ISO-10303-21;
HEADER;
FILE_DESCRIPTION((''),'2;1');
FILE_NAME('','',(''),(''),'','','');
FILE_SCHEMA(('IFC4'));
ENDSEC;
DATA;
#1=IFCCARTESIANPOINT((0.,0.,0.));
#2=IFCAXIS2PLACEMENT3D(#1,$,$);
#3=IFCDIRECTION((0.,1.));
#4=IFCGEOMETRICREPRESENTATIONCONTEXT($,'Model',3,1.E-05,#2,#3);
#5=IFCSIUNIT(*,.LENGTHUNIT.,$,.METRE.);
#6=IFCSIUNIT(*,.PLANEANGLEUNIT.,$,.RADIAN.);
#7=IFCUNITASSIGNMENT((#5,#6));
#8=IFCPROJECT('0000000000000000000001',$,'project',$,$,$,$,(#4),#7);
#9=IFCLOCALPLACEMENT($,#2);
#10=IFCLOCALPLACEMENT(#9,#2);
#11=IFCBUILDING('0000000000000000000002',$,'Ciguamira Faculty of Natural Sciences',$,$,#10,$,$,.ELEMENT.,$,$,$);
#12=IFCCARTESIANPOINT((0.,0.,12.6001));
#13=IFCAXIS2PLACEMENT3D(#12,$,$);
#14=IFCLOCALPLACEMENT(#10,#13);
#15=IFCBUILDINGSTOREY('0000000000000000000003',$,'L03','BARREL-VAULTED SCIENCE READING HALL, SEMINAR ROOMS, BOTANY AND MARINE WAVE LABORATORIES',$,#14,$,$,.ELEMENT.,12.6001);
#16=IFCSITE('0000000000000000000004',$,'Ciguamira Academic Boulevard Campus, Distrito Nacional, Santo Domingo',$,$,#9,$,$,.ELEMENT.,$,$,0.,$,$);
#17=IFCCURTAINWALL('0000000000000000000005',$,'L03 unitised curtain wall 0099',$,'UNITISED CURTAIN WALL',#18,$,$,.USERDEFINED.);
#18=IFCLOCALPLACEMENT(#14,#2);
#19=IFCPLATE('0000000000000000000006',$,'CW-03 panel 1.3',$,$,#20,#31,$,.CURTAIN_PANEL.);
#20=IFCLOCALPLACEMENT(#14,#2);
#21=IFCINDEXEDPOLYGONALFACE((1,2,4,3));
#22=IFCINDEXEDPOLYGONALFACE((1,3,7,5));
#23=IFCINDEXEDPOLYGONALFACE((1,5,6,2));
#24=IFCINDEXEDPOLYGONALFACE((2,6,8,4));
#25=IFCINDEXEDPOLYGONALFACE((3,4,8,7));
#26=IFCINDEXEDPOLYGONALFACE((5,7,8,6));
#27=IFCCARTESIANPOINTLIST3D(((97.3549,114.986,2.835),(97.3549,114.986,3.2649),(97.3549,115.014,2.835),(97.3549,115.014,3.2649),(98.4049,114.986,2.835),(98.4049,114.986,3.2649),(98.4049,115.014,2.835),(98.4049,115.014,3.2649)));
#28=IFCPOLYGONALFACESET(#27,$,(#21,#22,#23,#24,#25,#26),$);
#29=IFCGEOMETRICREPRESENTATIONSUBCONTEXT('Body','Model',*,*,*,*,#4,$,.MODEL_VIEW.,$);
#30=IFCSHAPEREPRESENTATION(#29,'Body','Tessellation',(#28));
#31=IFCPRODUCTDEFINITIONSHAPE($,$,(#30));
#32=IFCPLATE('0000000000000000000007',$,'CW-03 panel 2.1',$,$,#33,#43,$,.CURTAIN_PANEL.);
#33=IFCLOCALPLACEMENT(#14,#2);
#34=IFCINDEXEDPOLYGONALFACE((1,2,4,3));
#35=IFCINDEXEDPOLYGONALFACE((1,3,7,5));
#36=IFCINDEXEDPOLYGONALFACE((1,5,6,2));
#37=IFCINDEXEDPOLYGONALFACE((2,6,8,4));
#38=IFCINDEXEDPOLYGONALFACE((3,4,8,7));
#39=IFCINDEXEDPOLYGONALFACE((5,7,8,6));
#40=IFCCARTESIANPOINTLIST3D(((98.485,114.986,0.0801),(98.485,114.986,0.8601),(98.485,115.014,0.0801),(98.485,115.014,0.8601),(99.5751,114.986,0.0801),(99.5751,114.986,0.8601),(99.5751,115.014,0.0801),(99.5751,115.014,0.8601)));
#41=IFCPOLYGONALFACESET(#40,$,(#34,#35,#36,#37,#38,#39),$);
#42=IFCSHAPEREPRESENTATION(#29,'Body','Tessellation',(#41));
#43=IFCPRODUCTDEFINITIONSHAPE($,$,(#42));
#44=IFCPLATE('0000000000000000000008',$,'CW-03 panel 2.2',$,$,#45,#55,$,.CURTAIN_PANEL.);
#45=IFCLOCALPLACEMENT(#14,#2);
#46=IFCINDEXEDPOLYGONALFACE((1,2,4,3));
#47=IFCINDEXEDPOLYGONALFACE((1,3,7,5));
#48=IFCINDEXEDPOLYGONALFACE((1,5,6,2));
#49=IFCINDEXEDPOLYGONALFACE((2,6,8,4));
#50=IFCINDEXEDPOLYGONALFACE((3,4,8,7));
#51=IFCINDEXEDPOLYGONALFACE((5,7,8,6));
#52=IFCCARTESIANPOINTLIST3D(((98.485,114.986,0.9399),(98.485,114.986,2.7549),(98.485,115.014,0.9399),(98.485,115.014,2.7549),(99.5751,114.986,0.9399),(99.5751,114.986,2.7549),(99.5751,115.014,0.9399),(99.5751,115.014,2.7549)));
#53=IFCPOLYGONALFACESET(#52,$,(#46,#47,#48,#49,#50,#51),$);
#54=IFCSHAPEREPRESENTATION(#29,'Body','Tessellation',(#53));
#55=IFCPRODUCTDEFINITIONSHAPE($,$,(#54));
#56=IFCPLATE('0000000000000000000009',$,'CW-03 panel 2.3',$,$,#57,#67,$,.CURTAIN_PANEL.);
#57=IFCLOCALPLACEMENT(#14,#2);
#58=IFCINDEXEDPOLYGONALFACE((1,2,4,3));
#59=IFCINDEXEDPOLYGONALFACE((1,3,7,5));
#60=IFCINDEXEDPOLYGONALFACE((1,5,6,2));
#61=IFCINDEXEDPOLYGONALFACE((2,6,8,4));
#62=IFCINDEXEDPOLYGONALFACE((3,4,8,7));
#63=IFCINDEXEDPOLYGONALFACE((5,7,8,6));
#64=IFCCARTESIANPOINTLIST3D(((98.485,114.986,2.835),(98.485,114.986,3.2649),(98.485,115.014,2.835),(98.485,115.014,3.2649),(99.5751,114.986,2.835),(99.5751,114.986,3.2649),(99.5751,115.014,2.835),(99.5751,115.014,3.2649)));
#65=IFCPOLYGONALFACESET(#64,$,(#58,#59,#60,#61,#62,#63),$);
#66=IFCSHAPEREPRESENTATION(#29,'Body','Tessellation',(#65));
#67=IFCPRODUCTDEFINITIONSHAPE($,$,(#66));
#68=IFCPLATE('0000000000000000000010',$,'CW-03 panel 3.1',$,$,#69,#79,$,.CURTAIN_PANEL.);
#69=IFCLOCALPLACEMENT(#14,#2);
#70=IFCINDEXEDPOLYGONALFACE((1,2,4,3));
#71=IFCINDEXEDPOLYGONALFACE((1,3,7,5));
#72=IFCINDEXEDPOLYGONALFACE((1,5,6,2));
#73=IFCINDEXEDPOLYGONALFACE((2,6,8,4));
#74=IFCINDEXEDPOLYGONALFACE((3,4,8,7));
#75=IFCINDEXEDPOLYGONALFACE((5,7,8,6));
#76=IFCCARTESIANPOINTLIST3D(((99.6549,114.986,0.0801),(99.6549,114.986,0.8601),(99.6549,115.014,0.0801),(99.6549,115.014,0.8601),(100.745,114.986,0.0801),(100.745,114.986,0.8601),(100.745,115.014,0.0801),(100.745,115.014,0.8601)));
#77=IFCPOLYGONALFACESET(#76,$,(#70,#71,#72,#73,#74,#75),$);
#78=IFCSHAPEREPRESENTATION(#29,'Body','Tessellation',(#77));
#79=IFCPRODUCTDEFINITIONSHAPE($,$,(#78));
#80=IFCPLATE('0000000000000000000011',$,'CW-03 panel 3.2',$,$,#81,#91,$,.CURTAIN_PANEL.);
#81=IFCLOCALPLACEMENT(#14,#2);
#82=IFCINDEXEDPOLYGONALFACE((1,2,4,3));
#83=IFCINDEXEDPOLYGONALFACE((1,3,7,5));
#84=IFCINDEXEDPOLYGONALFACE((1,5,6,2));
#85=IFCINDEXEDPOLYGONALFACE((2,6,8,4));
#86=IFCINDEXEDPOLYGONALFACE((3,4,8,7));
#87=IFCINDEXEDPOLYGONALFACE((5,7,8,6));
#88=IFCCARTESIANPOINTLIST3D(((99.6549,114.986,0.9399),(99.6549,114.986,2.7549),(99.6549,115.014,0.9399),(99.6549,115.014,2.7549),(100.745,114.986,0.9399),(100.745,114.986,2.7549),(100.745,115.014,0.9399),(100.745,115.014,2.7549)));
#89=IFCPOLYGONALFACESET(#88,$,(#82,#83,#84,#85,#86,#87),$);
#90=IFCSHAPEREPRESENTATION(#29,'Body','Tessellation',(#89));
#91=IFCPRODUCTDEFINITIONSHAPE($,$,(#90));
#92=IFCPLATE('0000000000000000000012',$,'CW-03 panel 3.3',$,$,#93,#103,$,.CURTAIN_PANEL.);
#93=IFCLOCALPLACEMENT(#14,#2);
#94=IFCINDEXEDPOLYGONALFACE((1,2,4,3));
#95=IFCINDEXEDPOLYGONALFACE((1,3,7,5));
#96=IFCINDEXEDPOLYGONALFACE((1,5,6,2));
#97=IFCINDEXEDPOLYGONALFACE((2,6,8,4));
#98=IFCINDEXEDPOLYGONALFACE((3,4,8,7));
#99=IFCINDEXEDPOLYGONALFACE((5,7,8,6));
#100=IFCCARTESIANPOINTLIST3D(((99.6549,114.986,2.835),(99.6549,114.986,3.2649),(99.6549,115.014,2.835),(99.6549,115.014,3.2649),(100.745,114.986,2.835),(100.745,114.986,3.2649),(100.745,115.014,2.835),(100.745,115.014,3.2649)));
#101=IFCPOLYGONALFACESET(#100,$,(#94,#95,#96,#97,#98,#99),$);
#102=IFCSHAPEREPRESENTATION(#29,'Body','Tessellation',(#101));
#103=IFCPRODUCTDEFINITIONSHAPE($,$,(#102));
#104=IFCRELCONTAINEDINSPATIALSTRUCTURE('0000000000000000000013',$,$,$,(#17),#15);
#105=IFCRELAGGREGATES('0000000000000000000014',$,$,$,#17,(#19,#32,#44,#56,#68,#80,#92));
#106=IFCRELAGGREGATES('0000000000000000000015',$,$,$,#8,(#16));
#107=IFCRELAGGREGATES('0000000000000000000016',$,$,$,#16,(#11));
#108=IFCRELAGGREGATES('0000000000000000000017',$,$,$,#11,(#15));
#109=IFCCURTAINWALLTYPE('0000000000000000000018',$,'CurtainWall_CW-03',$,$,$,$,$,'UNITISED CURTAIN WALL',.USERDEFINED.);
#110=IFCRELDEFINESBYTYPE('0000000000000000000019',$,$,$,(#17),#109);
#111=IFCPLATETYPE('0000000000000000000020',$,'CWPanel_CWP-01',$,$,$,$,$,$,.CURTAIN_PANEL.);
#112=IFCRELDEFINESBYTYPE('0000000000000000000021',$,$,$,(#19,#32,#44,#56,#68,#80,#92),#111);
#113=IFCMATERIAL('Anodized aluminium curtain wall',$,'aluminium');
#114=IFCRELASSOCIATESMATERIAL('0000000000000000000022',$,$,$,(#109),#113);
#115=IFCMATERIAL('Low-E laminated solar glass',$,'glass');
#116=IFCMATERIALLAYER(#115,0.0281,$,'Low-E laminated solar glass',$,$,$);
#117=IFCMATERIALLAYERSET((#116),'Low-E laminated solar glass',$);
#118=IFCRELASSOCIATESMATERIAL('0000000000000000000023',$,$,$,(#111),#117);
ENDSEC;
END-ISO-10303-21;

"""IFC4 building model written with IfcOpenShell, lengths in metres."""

from ifc_helpers import new_model, si_unit, direction, frame, origin, origin_2d, place, context, subcontext, project, spatial, rectangle, extrude, material, layer, layer_set, type_object, element, aggregate, save


model = new_model("IFC4")

# Units and contexts
model_context = context("Model", 3, precision=1e-05, world=origin(), true_north=direction((0.0, 1.0)))
body_context = subcontext(model_context, "Body", "Model", "MODEL_VIEW")
ifc_project = project(units=[si_unit("LENGTHUNIT", "METRE"), si_unit("PLANEANGLEUNIT", "RADIAN")], contexts=[model_context])

# Site, building, storey
site_placement = place(None, origin())
site = spatial("IfcSite", under=ifc_project, at=site_placement, Name="Ciguamira Academic Boulevard Campus, Distrito Nacional, Santo Domingo", CompositionType="ELEMENT", RefElevation=0.0)
building_placement = place(site_placement, origin())
building = spatial("IfcBuilding", under=site, at=building_placement, Name="Ciguamira Faculty of Natural Sciences", CompositionType="ELEMENT")
storey_placement = place(building_placement, frame((0.0, 0.0, 12.6001)))
storey = spatial("IfcBuildingStorey", under=building, at=storey_placement, Name="L03", Description="BARREL-VAULTED SCIENCE READING HALL, SEMINAR ROOMS, BOTANY AND MARINE WAVE LABORATORIES", CompositionType="ELEMENT", Elevation=12.6001)

# Curtain wall, plates
ifc_material_1 = material(Name="Anodized aluminium curtain wall", Category="aluminium")
curtain_wall_type = type_object("IfcCurtainWallType", Name="CurtainWall_CW-03", ElementType="UNITISED CURTAIN WALL", PredefinedType="USERDEFINED", material=ifc_material_1)
curtain_wall_placement = place(storey_placement, origin())
curtain_wall = element("IfcCurtainWall", 1, at=curtain_wall_placement, inside=storey, type_object=curtain_wall_type, Name="L03 unitised curtain wall 0099", ObjectType="UNITISED CURTAIN WALL", PredefinedType="USERDEFINED")
ifc_material_2 = material(Name="Low-E laminated solar glass", Category="glass")
ifc_layer = layer(ifc_material_2, 0.0281, Name="Low-E laminated solar glass")
ifc_layer_set = layer_set([ifc_layer], Name="Low-E laminated solar glass")
plate_type = type_object("IfcPlateType", Name="CWPanel_CWP-01", PredefinedType="CURTAIN_PANEL", material=ifc_layer_set)
plate_1_placement = place(storey_placement, frame((97.8799, 115.0, 2.835), z_axis=(0.0, 0.0, 1.0), x_axis=(1.0, 0.0, 0.0)))
plate_1 = element("IfcPlate", 2, at=plate_1_placement, type_object=plate_type, Name="CW-03 panel 1.3", PredefinedType="CURTAIN_PANEL", context=body_context, shape_type="SweptSolid", body=[
    extrude(rectangle(XDim=1.05, YDim=0.0281, at=origin_2d()), origin(), (0.0, 0.0, 1.0), 0.4299),
])
plate_2_placement = place(storey_placement, frame((99.03, 115.0, 0.0801), z_axis=(0.0, 0.0, 1.0), x_axis=(1.0, 0.0, 0.0)))
plate_2 = element("IfcPlate", 3, at=plate_2_placement, type_object=plate_type, Name="CW-03 panel 2.1", PredefinedType="CURTAIN_PANEL", context=body_context, shape_type="SweptSolid", body=[
    extrude(rectangle(XDim=1.0901, YDim=0.0281, at=origin_2d()), origin(), (0.0, 0.0, 1.0), 0.78),
])
plate_3_placement = place(storey_placement, frame((99.03, 115.0, 0.9399), z_axis=(0.0, 0.0, 1.0), x_axis=(1.0, 0.0, 0.0)))
plate_3 = element("IfcPlate", 4, at=plate_3_placement, type_object=plate_type, Name="CW-03 panel 2.2", PredefinedType="CURTAIN_PANEL", context=body_context, shape_type="SweptSolid", body=[
    extrude(rectangle(XDim=1.0901, YDim=0.0281, at=origin_2d()), origin(), (0.0, 0.0, 1.0), 1.8149),
])
plate_4_placement = place(storey_placement, frame((99.03, 115.0, 2.835), z_axis=(0.0, 0.0, 1.0), x_axis=(1.0, 0.0, 0.0)))
plate_4 = element("IfcPlate", 5, at=plate_4_placement, type_object=plate_type, Name="CW-03 panel 2.3", PredefinedType="CURTAIN_PANEL", context=body_context, shape_type="SweptSolid", body=[
    extrude(rectangle(XDim=1.0901, YDim=0.0281, at=origin_2d()), origin(), (0.0, 0.0, 1.0), 0.4299),
])
plate_5_placement = place(storey_placement, frame((100.2, 115.0, 0.0801), z_axis=(0.0, 0.0, 1.0), x_axis=(1.0, 0.0, 0.0)))
plate_5 = element("IfcPlate", 6, at=plate_5_placement, type_object=plate_type, Name="CW-03 panel 3.1", PredefinedType="CURTAIN_PANEL", context=body_context, shape_type="SweptSolid", body=[
    extrude(rectangle(XDim=1.0901, YDim=0.0281, at=origin_2d()), origin(), (0.0, 0.0, 1.0), 0.78),
])
plate_6_placement = place(storey_placement, frame((100.2, 115.0, 0.9399), z_axis=(0.0, 0.0, 1.0), x_axis=(1.0, 0.0, 0.0)))
plate_6 = element("IfcPlate", 7, at=plate_6_placement, type_object=plate_type, Name="CW-03 panel 3.2", PredefinedType="CURTAIN_PANEL", context=body_context, shape_type="SweptSolid", body=[
    extrude(rectangle(XDim=1.0901, YDim=0.0281, at=origin_2d()), origin(), (0.0, 0.0, 1.0), 1.8149),
])
plate_7_placement = place(storey_placement, frame((100.2, 115.0, 2.835), z_axis=(0.0, 0.0, 1.0), x_axis=(1.0, 0.0, 0.0)))
plate_7 = element("IfcPlate", 8, at=plate_7_placement, type_object=plate_type, Name="CW-03 panel 3.3", PredefinedType="CURTAIN_PANEL", context=body_context, shape_type="SweptSolid", body=[
    extrude(rectangle(XDim=1.0901, YDim=0.0281, at=origin_2d()), origin(), (0.0, 0.0, 1.0), 0.4299),
])
aggregate(curtain_wall, [plate_1, plate_2, plate_3, plate_4, plate_5, plate_6, plate_7])

save(model, "model.ifc")
